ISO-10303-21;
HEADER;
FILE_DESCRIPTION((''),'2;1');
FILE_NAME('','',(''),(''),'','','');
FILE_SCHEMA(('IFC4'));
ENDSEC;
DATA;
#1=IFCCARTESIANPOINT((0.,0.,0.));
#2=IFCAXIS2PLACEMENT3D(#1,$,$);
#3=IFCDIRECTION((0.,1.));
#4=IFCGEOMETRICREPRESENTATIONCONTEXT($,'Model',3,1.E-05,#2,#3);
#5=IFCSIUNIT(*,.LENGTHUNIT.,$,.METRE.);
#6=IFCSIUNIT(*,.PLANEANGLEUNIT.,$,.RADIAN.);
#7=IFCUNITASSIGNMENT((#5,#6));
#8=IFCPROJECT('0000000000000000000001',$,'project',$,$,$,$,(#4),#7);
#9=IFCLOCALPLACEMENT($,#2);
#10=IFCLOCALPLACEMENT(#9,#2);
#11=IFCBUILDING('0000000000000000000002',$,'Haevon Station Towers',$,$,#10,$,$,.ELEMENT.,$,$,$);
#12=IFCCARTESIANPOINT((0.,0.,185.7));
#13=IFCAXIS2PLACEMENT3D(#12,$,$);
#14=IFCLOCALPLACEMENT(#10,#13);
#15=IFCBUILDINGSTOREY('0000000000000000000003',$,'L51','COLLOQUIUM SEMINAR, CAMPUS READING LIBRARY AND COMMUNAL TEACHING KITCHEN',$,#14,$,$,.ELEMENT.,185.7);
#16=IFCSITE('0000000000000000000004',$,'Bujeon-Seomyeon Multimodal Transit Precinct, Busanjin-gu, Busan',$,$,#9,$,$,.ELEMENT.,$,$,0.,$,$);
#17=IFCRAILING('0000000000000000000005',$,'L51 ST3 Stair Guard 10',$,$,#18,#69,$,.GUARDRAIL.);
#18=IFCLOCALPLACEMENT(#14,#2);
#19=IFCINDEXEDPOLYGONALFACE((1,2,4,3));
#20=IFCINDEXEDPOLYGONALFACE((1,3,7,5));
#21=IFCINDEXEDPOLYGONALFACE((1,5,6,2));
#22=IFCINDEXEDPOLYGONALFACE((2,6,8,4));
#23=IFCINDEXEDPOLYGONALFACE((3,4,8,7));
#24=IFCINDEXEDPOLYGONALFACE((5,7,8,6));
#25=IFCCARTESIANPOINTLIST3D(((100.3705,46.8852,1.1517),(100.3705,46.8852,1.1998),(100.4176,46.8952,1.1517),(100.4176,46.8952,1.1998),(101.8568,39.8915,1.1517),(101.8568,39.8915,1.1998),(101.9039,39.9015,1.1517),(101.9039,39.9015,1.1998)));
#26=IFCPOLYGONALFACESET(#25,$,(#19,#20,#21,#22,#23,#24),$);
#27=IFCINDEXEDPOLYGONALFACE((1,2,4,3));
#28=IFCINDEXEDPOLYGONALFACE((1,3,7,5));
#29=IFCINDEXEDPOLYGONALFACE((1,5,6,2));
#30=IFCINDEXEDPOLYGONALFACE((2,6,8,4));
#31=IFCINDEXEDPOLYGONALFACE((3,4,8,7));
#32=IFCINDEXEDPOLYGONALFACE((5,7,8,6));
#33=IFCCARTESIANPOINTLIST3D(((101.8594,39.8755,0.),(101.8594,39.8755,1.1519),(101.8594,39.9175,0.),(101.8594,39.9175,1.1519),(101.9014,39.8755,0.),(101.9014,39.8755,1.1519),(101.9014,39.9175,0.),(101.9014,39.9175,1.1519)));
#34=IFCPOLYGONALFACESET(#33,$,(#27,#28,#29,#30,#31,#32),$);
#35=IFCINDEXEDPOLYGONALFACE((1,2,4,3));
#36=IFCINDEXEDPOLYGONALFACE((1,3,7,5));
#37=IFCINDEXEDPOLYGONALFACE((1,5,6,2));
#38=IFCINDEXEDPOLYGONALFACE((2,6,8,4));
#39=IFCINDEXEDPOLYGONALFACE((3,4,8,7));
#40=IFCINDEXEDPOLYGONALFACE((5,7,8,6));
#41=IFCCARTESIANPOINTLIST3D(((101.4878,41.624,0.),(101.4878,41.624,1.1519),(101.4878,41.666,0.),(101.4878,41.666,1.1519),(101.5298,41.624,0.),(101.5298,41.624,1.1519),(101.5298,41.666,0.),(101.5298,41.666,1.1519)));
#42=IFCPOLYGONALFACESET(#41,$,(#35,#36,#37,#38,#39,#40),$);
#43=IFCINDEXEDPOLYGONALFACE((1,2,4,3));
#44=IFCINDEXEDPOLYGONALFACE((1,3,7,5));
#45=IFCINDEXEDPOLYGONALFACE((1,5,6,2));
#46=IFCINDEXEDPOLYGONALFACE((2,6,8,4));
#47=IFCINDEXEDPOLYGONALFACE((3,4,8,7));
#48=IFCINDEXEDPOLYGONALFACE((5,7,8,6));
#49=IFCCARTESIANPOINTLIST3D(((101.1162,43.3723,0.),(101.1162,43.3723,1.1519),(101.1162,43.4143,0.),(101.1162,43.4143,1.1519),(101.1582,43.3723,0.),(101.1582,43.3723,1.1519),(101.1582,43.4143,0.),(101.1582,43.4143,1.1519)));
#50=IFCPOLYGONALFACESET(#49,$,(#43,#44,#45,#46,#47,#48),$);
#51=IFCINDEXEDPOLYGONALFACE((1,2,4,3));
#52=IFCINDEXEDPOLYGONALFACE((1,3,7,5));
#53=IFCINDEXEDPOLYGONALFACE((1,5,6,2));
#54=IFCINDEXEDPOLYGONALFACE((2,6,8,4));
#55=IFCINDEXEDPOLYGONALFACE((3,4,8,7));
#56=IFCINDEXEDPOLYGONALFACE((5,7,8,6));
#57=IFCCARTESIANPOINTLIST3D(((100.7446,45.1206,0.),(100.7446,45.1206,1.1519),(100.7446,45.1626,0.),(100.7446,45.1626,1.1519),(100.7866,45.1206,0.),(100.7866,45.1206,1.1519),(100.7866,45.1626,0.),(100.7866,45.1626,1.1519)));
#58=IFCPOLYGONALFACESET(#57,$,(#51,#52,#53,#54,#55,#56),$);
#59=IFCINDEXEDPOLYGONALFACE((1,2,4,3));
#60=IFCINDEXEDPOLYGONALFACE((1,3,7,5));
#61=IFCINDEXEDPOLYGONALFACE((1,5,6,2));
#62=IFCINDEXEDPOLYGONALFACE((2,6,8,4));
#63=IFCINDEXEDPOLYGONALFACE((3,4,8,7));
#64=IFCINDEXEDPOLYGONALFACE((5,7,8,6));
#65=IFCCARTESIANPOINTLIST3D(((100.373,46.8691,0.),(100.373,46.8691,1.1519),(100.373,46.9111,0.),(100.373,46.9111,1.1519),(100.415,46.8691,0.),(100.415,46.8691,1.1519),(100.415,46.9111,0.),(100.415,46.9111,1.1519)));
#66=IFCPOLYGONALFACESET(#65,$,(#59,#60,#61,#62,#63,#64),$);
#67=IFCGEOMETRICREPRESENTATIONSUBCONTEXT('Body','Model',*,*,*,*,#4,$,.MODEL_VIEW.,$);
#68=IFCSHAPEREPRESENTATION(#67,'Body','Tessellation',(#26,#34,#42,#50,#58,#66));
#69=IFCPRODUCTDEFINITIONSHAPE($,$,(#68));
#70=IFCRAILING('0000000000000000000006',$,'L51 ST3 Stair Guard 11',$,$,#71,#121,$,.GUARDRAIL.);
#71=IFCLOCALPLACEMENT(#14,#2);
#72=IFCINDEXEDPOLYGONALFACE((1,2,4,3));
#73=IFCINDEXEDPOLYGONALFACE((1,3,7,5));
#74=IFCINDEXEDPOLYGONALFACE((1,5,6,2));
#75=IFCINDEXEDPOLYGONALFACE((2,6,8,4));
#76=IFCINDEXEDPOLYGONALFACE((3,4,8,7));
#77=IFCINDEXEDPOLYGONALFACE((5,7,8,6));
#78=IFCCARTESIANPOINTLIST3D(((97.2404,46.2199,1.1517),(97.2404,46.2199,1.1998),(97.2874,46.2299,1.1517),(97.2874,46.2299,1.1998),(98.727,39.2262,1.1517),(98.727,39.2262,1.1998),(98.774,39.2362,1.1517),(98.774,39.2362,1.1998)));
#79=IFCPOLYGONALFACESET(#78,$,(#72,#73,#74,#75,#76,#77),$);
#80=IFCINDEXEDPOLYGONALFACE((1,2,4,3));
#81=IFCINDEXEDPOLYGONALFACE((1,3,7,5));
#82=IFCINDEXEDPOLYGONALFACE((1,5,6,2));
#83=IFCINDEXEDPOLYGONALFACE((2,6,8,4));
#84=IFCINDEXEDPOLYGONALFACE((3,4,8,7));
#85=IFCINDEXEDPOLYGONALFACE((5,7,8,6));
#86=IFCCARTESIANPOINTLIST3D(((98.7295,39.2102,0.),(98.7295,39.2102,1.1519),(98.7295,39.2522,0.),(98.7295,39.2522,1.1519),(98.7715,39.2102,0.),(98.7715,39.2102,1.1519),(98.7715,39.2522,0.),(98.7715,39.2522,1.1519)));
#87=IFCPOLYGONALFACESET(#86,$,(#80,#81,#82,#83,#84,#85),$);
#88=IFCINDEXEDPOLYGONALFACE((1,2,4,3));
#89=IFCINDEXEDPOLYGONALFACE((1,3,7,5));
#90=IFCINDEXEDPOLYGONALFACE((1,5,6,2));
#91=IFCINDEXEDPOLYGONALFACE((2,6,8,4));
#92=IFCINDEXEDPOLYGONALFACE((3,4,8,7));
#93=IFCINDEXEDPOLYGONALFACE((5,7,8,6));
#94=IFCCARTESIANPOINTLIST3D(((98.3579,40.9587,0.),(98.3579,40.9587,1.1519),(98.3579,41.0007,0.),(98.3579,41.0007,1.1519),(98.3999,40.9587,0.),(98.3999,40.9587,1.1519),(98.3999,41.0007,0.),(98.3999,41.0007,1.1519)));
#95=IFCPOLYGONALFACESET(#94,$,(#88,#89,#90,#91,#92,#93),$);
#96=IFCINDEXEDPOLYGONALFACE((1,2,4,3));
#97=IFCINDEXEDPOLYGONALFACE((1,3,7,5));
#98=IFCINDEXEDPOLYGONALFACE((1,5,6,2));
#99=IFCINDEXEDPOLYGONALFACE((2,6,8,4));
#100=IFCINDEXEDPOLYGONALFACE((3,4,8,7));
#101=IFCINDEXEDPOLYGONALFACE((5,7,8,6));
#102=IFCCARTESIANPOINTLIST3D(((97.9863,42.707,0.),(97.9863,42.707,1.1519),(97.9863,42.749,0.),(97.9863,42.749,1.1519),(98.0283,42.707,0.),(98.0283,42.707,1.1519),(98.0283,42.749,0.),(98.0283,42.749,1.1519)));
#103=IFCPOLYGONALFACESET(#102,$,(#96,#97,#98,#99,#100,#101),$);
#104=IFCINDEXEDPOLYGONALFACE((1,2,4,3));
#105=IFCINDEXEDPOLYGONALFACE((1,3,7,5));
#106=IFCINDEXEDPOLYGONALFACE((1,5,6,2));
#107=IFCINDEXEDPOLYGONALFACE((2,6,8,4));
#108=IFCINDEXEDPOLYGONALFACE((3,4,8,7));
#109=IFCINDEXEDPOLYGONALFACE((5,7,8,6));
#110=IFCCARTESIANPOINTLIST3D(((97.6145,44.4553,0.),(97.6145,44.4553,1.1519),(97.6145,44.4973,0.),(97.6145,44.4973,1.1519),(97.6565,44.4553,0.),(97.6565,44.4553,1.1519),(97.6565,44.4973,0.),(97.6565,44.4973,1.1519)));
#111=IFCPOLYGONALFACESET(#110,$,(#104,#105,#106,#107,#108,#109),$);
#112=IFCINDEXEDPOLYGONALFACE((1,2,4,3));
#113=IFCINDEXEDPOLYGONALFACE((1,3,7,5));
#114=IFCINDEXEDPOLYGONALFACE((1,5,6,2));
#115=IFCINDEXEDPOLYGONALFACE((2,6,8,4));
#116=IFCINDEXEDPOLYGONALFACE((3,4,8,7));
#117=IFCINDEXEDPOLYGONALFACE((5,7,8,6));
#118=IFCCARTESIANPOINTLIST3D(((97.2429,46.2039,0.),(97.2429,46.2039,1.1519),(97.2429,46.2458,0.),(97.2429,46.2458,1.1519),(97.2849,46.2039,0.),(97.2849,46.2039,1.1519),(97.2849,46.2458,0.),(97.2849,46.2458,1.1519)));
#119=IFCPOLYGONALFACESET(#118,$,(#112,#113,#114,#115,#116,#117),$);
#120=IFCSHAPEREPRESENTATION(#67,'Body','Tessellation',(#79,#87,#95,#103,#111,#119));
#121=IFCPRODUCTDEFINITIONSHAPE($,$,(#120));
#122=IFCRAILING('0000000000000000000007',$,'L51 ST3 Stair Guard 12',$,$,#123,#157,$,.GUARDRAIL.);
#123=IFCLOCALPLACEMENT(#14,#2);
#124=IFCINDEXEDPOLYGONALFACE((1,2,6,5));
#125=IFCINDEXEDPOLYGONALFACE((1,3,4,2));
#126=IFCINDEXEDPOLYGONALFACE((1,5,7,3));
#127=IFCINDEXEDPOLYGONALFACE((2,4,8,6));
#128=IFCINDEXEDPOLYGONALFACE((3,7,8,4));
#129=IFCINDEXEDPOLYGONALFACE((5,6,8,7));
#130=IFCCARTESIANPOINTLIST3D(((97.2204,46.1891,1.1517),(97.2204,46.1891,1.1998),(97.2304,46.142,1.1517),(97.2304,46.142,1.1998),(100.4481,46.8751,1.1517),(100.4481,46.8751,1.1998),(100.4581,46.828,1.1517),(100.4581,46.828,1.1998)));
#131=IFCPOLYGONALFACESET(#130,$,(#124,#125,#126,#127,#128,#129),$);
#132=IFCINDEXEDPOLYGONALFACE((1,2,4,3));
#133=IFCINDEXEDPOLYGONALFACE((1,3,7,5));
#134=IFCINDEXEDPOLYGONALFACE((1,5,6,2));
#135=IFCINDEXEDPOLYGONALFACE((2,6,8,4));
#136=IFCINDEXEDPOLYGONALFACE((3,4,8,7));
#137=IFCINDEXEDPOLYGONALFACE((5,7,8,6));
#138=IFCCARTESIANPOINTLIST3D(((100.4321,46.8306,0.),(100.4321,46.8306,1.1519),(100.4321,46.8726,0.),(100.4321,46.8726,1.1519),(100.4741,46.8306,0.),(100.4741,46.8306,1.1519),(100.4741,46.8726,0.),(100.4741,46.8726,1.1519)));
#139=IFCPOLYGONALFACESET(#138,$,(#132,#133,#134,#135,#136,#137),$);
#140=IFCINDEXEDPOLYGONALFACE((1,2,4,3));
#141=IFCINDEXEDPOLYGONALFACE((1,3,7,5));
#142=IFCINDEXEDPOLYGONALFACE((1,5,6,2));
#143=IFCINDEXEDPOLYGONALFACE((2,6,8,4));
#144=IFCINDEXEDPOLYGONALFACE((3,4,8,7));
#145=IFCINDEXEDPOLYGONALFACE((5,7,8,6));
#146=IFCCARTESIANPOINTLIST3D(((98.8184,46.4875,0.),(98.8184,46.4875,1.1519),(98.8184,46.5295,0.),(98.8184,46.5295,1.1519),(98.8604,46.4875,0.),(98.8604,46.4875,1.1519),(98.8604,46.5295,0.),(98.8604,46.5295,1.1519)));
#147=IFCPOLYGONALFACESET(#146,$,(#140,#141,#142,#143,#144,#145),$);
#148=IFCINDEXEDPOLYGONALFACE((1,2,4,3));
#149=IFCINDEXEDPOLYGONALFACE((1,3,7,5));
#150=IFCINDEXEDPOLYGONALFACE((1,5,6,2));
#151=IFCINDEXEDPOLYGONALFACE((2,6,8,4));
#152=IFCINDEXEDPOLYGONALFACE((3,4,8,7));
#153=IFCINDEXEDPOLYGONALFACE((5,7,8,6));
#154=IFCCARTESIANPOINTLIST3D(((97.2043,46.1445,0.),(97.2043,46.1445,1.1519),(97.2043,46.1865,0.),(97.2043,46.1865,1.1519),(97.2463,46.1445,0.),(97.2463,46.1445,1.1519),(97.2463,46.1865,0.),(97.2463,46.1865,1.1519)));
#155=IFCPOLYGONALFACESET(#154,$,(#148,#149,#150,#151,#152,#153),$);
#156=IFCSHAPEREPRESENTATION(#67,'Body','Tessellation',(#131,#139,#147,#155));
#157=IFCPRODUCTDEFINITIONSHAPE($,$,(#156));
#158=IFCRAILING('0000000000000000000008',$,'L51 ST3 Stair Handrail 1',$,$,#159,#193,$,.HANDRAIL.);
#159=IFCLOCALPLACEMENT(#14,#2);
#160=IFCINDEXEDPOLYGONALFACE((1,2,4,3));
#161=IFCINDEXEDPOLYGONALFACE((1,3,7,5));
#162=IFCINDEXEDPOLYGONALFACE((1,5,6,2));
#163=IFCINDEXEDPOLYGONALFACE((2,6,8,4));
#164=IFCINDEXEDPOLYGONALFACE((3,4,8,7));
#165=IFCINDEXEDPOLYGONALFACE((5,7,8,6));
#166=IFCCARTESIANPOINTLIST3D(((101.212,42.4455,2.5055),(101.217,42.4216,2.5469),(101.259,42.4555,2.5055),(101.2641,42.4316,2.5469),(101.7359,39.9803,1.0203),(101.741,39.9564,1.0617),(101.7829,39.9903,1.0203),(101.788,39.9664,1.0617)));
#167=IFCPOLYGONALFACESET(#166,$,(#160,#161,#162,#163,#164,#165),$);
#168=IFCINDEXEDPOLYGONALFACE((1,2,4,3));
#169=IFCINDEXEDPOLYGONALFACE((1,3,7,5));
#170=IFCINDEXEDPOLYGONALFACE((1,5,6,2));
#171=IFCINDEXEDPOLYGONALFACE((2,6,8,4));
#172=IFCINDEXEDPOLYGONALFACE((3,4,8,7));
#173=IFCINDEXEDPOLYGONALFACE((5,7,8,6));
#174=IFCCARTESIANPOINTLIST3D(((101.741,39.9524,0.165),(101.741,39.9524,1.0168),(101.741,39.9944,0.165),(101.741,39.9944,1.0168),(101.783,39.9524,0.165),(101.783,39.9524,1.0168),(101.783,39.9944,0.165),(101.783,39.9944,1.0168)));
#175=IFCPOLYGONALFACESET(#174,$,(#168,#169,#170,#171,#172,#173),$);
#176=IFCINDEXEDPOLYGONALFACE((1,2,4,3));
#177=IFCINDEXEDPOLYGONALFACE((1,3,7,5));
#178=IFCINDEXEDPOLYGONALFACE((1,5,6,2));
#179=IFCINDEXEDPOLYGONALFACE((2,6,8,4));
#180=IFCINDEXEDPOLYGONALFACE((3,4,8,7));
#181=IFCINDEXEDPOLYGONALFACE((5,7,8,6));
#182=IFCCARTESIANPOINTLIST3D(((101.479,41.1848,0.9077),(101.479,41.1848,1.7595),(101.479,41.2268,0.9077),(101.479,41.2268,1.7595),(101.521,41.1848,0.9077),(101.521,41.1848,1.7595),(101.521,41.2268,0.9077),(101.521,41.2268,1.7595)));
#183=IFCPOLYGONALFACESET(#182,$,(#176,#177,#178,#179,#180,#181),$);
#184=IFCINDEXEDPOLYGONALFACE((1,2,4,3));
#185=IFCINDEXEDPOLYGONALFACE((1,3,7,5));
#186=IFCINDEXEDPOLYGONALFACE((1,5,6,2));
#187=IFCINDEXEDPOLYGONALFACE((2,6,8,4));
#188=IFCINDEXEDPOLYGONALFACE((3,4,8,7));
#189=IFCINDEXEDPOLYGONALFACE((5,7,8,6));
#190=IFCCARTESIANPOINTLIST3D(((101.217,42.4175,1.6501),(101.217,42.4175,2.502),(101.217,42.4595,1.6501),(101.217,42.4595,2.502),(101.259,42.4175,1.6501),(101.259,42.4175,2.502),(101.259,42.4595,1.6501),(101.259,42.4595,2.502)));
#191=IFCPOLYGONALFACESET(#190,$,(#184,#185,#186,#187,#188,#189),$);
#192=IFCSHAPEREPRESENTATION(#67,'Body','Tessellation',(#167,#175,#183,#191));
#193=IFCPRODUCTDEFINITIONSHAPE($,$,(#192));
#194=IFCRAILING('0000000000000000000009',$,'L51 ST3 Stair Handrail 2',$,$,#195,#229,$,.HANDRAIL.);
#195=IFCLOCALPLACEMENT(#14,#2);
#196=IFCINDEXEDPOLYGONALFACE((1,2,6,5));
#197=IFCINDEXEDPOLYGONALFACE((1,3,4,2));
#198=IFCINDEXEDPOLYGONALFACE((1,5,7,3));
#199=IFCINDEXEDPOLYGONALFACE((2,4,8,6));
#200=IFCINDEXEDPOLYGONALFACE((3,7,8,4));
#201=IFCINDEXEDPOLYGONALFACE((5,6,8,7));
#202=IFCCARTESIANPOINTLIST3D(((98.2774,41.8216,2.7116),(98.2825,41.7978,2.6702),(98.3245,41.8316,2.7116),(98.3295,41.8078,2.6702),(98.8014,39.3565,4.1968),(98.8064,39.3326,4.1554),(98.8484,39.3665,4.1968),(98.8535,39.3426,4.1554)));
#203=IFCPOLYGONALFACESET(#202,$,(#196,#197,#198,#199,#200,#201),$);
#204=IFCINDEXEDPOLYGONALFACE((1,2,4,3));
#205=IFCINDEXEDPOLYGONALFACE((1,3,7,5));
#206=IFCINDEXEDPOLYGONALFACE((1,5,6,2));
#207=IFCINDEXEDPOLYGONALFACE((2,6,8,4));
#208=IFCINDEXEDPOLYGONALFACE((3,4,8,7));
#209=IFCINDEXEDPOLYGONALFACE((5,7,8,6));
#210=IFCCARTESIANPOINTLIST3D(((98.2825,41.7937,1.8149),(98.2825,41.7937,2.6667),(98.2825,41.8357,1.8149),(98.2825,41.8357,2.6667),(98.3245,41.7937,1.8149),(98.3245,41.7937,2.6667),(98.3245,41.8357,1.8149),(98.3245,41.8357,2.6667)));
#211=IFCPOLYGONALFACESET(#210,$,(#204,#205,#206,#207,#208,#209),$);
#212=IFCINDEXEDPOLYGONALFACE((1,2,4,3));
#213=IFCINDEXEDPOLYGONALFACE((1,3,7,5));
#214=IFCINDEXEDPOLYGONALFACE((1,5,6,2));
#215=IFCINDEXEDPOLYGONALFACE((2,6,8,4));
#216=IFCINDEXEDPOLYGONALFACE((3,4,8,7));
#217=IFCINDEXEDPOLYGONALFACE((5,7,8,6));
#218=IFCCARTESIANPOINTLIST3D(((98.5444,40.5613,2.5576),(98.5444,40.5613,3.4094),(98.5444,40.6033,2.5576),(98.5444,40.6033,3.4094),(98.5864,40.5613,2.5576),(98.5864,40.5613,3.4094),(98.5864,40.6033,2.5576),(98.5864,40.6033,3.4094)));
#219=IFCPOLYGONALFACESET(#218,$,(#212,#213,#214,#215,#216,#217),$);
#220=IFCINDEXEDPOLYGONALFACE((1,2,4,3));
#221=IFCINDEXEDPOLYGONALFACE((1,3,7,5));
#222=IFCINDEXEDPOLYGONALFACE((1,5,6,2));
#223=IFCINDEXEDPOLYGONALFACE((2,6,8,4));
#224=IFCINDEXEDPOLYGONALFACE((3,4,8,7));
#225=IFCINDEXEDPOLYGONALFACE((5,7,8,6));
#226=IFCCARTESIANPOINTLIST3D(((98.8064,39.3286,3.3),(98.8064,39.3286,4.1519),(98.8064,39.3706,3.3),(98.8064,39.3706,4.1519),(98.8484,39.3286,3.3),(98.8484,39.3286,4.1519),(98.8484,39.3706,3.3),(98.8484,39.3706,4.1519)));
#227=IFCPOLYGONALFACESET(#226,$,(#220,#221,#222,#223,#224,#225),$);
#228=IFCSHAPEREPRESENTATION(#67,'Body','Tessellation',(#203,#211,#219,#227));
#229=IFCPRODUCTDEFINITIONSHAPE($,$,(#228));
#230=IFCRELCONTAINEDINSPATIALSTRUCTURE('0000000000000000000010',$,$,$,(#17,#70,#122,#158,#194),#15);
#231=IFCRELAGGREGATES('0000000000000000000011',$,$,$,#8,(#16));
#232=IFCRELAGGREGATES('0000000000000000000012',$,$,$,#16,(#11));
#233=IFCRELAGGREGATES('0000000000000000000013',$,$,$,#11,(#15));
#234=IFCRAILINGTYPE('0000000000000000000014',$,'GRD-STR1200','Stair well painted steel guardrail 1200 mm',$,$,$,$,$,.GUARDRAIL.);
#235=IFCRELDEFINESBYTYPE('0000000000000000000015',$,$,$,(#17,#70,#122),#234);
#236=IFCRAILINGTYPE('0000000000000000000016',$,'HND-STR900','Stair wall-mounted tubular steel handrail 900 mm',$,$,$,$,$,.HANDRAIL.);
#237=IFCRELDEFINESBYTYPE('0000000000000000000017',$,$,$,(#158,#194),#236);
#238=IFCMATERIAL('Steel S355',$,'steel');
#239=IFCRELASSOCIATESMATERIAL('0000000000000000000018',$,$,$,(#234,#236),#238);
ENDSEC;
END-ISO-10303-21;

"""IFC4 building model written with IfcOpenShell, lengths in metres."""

from ifc_helpers import new_model, si_unit, direction, frame, origin, origin_2d, place, context, subcontext, project, spatial, rectangle, extrude, material, type_object, element, save


model = new_model("IFC4")

# Units and contexts
model_context = context("Model", 3, precision=1e-05, world=origin(), true_north=direction((0.0, 1.0)))
body_context = subcontext(model_context, "Body", "Model", "MODEL_VIEW")
ifc_project = project(units=[si_unit("LENGTHUNIT", "METRE"), si_unit("PLANEANGLEUNIT", "RADIAN")], contexts=[model_context])

# Site, building, storey
site_placement = place(None, origin())
site = spatial("IfcSite", under=ifc_project, at=site_placement, Name="Bujeon-Seomyeon Multimodal Transit Precinct, Busanjin-gu, Busan", CompositionType="ELEMENT", RefElevation=0.0)
building_placement = place(site_placement, origin())
building = spatial("IfcBuilding", under=site, at=building_placement, Name="Haevon Station Towers", CompositionType="ELEMENT")
storey_placement = place(building_placement, frame((0.0, 0.0, 185.7)))
storey = spatial("IfcBuildingStorey", under=building, at=storey_placement, Name="L51", Description="COLLOQUIUM SEMINAR, CAMPUS READING LIBRARY AND COMMUNAL TEACHING KITCHEN", CompositionType="ELEMENT", Elevation=185.7)

# Shared definitions
ifc_material_1 = material(Name="Steel S355", Category="steel")

# Railings
railing_type_1 = type_object("IfcRailingType", Name="GRD-STR1200", Description="Stair well painted steel guardrail 1200 mm", PredefinedType="GUARDRAIL", material=ifc_material_1)
railing_1_placement = place(storey_placement, frame((101.8804, 39.8965, 0.0)))
element("IfcRailing", 1, at=railing_1_placement, inside=storey, type_object=railing_type_1, Name="L51 ST3 Stair Guard 10", PredefinedType="GUARDRAIL", context=body_context, shape_type="SweptSolid", body=[
    extrude(rectangle(XDim=0.0481, YDim=0.0481, at=origin_2d()), frame((0.0, 0.0, 1.1758), z_axis=(-0.207882, 0.978154, 0.0), x_axis=(-0.978154, -0.207882, 0.0)), (0.0, 0.0, 1.0), 7.1499),
    extrude(rectangle(XDim=0.042, YDim=0.042, at=origin_2d()), origin(), (0.0, 0.0, 1.0), 1.1519),
    extrude(rectangle(XDim=0.042, YDim=0.042, at=origin_2d()), frame((-0.3716, 1.7485, 0.0)), (0.0, 0.0, 1.0), 1.1519),
    extrude(rectangle(XDim=0.042, YDim=0.042, at=origin_2d()), frame((-0.7432, 3.4968, 0.0)), (0.0, 0.0, 1.0), 1.1519),
    extrude(rectangle(XDim=0.042, YDim=0.042, at=origin_2d()), frame((-1.1147, 5.2451, 0.0)), (0.0, 0.0, 1.0), 1.1519),
    extrude(rectangle(XDim=0.042, YDim=0.042, at=origin_2d()), frame((-1.4863, 6.9937, 0.0)), (0.0, 0.0, 1.0), 1.1519),
])
railing_2_placement = place(storey_placement, frame((98.7505, 39.2312, 0.0)))
element("IfcRailing", 2, at=railing_2_placement, inside=storey, type_object=railing_type_1, Name="L51 ST3 Stair Guard 11", PredefinedType="GUARDRAIL", context=body_context, shape_type="SweptSolid", body=[
    extrude(rectangle(XDim=0.0481, YDim=0.0481, at=origin_2d()), frame((0.0, 0.0, 1.1758), z_axis=(-0.207915, 0.978147, 0.0), x_axis=(-0.978147, -0.207915, 0.0)), (0.0, 0.0, 1.0), 7.1499),
    extrude(rectangle(XDim=0.042, YDim=0.042, at=origin_2d()), origin(), (0.0, 0.0, 1.0), 1.1519),
    extrude(rectangle(XDim=0.042, YDim=0.042, at=origin_2d()), frame((-0.3716, 1.7485, 0.0)), (0.0, 0.0, 1.0), 1.1519),
    extrude(rectangle(XDim=0.042, YDim=0.042, at=origin_2d()), frame((-0.7432, 3.4968, 0.0)), (0.0, 0.0, 1.0), 1.1519),
    extrude(rectangle(XDim=0.042, YDim=0.042, at=origin_2d()), frame((-1.115, 5.2451, 0.0)), (0.0, 0.0, 1.0), 1.1519),
    extrude(rectangle(XDim=0.042, YDim=0.042, at=origin_2d()), frame((-1.4866, 6.9937, 0.0)), (0.0, 0.0, 1.0), 1.1519),
])
railing_3_placement = place(storey_placement, frame((100.4531, 46.8516, 0.0)))
element("IfcRailing", 3, at=railing_3_placement, inside=storey, type_object=railing_type_1, Name="L51 ST3 Stair Guard 12", PredefinedType="GUARDRAIL", context=body_context, shape_type="SweptSolid", body=[
    extrude(rectangle(XDim=0.0481, YDim=0.0481, at=origin_2d()), frame((0.0, 0.0, 1.1758), z_axis=(-0.978151, -0.207897, 0.0), x_axis=(0.207897, -0.978151, 0.0)), (0.0, 0.0, 1.0), 3.2998),
    extrude(rectangle(XDim=0.042, YDim=0.042, at=origin_2d()), origin(), (0.0, 0.0, 1.0), 1.1519),
    extrude(rectangle(XDim=0.042, YDim=0.042, at=origin_2d()), frame((-1.6138, -0.343, 0.0)), (0.0, 0.0, 1.0), 1.1519),
    extrude(rectangle(XDim=0.042, YDim=0.042, at=origin_2d()), frame((-3.2278, -0.686, 0.0)), (0.0, 0.0, 1.0), 1.1519),
])
railing_type_2 = type_object("IfcRailingType", Name="HND-STR900", Description="Stair wall-mounted tubular steel handrail 900 mm", PredefinedType="HANDRAIL", material=ifc_material_1)
railing_4_placement = place(storey_placement, frame((101.762, 39.9734, 0.165)))
element("IfcRailing", 4, at=railing_4_placement, inside=storey, type_object=railing_type_2, Name="L51 ST3 Stair Handrail 1", PredefinedType="HANDRAIL", context=body_context, shape_type="SweptSolid", body=[
    extrude(rectangle(XDim=0.0481, YDim=0.0481, at=origin_2d()), frame((0.0, 0.0, 0.876), z_axis=(-0.179109, 0.842712, 0.507697), x_axis=(-0.978151, -0.207895, 0.0)), (0.0, 0.0, 1.0), 2.9253),
    extrude(rectangle(XDim=0.042, YDim=0.042, at=origin_2d()), origin(), (0.0, 0.0, 1.0), 0.8518),
    extrude(rectangle(XDim=0.042, YDim=0.042, at=origin_2d()), frame((-0.262, 1.2324, 0.7427)), (0.0, 0.0, 1.0), 0.8518),
    extrude(rectangle(XDim=0.042, YDim=0.042, at=origin_2d()), frame((-0.5239, 2.4651, 1.4851)), (0.0, 0.0, 1.0), 0.8518),
])
railing_5_placement = place(storey_placement, frame((98.3035, 41.8147, 1.8149)))
element("IfcRailing", 5, at=railing_5_placement, inside=storey, type_object=railing_type_2, Name="L51 ST3 Stair Handrail 2", PredefinedType="HANDRAIL", context=body_context, shape_type="SweptSolid", body=[
    extrude(rectangle(XDim=0.0481, YDim=0.0481, at=origin_2d()), frame((0.0, 0.0, 0.876), z_axis=(0.179109, -0.842712, 0.507697), x_axis=(0.978151, 0.207895, 0.0)), (0.0, 0.0, 1.0), 2.9253),
    extrude(rectangle(XDim=0.042, YDim=0.042, at=origin_2d()), origin(), (0.0, 0.0, 1.0), 0.8518),
    extrude(rectangle(XDim=0.042, YDim=0.042, at=origin_2d()), frame((0.262, -1.2324, 0.7427)), (0.0, 0.0, 1.0), 0.8518),
    extrude(rectangle(XDim=0.042, YDim=0.042, at=origin_2d()), frame((0.5239, -2.4651, 1.4851)), (0.0, 0.0, 1.0), 0.8518),
])

save(model, "model.ifc")
